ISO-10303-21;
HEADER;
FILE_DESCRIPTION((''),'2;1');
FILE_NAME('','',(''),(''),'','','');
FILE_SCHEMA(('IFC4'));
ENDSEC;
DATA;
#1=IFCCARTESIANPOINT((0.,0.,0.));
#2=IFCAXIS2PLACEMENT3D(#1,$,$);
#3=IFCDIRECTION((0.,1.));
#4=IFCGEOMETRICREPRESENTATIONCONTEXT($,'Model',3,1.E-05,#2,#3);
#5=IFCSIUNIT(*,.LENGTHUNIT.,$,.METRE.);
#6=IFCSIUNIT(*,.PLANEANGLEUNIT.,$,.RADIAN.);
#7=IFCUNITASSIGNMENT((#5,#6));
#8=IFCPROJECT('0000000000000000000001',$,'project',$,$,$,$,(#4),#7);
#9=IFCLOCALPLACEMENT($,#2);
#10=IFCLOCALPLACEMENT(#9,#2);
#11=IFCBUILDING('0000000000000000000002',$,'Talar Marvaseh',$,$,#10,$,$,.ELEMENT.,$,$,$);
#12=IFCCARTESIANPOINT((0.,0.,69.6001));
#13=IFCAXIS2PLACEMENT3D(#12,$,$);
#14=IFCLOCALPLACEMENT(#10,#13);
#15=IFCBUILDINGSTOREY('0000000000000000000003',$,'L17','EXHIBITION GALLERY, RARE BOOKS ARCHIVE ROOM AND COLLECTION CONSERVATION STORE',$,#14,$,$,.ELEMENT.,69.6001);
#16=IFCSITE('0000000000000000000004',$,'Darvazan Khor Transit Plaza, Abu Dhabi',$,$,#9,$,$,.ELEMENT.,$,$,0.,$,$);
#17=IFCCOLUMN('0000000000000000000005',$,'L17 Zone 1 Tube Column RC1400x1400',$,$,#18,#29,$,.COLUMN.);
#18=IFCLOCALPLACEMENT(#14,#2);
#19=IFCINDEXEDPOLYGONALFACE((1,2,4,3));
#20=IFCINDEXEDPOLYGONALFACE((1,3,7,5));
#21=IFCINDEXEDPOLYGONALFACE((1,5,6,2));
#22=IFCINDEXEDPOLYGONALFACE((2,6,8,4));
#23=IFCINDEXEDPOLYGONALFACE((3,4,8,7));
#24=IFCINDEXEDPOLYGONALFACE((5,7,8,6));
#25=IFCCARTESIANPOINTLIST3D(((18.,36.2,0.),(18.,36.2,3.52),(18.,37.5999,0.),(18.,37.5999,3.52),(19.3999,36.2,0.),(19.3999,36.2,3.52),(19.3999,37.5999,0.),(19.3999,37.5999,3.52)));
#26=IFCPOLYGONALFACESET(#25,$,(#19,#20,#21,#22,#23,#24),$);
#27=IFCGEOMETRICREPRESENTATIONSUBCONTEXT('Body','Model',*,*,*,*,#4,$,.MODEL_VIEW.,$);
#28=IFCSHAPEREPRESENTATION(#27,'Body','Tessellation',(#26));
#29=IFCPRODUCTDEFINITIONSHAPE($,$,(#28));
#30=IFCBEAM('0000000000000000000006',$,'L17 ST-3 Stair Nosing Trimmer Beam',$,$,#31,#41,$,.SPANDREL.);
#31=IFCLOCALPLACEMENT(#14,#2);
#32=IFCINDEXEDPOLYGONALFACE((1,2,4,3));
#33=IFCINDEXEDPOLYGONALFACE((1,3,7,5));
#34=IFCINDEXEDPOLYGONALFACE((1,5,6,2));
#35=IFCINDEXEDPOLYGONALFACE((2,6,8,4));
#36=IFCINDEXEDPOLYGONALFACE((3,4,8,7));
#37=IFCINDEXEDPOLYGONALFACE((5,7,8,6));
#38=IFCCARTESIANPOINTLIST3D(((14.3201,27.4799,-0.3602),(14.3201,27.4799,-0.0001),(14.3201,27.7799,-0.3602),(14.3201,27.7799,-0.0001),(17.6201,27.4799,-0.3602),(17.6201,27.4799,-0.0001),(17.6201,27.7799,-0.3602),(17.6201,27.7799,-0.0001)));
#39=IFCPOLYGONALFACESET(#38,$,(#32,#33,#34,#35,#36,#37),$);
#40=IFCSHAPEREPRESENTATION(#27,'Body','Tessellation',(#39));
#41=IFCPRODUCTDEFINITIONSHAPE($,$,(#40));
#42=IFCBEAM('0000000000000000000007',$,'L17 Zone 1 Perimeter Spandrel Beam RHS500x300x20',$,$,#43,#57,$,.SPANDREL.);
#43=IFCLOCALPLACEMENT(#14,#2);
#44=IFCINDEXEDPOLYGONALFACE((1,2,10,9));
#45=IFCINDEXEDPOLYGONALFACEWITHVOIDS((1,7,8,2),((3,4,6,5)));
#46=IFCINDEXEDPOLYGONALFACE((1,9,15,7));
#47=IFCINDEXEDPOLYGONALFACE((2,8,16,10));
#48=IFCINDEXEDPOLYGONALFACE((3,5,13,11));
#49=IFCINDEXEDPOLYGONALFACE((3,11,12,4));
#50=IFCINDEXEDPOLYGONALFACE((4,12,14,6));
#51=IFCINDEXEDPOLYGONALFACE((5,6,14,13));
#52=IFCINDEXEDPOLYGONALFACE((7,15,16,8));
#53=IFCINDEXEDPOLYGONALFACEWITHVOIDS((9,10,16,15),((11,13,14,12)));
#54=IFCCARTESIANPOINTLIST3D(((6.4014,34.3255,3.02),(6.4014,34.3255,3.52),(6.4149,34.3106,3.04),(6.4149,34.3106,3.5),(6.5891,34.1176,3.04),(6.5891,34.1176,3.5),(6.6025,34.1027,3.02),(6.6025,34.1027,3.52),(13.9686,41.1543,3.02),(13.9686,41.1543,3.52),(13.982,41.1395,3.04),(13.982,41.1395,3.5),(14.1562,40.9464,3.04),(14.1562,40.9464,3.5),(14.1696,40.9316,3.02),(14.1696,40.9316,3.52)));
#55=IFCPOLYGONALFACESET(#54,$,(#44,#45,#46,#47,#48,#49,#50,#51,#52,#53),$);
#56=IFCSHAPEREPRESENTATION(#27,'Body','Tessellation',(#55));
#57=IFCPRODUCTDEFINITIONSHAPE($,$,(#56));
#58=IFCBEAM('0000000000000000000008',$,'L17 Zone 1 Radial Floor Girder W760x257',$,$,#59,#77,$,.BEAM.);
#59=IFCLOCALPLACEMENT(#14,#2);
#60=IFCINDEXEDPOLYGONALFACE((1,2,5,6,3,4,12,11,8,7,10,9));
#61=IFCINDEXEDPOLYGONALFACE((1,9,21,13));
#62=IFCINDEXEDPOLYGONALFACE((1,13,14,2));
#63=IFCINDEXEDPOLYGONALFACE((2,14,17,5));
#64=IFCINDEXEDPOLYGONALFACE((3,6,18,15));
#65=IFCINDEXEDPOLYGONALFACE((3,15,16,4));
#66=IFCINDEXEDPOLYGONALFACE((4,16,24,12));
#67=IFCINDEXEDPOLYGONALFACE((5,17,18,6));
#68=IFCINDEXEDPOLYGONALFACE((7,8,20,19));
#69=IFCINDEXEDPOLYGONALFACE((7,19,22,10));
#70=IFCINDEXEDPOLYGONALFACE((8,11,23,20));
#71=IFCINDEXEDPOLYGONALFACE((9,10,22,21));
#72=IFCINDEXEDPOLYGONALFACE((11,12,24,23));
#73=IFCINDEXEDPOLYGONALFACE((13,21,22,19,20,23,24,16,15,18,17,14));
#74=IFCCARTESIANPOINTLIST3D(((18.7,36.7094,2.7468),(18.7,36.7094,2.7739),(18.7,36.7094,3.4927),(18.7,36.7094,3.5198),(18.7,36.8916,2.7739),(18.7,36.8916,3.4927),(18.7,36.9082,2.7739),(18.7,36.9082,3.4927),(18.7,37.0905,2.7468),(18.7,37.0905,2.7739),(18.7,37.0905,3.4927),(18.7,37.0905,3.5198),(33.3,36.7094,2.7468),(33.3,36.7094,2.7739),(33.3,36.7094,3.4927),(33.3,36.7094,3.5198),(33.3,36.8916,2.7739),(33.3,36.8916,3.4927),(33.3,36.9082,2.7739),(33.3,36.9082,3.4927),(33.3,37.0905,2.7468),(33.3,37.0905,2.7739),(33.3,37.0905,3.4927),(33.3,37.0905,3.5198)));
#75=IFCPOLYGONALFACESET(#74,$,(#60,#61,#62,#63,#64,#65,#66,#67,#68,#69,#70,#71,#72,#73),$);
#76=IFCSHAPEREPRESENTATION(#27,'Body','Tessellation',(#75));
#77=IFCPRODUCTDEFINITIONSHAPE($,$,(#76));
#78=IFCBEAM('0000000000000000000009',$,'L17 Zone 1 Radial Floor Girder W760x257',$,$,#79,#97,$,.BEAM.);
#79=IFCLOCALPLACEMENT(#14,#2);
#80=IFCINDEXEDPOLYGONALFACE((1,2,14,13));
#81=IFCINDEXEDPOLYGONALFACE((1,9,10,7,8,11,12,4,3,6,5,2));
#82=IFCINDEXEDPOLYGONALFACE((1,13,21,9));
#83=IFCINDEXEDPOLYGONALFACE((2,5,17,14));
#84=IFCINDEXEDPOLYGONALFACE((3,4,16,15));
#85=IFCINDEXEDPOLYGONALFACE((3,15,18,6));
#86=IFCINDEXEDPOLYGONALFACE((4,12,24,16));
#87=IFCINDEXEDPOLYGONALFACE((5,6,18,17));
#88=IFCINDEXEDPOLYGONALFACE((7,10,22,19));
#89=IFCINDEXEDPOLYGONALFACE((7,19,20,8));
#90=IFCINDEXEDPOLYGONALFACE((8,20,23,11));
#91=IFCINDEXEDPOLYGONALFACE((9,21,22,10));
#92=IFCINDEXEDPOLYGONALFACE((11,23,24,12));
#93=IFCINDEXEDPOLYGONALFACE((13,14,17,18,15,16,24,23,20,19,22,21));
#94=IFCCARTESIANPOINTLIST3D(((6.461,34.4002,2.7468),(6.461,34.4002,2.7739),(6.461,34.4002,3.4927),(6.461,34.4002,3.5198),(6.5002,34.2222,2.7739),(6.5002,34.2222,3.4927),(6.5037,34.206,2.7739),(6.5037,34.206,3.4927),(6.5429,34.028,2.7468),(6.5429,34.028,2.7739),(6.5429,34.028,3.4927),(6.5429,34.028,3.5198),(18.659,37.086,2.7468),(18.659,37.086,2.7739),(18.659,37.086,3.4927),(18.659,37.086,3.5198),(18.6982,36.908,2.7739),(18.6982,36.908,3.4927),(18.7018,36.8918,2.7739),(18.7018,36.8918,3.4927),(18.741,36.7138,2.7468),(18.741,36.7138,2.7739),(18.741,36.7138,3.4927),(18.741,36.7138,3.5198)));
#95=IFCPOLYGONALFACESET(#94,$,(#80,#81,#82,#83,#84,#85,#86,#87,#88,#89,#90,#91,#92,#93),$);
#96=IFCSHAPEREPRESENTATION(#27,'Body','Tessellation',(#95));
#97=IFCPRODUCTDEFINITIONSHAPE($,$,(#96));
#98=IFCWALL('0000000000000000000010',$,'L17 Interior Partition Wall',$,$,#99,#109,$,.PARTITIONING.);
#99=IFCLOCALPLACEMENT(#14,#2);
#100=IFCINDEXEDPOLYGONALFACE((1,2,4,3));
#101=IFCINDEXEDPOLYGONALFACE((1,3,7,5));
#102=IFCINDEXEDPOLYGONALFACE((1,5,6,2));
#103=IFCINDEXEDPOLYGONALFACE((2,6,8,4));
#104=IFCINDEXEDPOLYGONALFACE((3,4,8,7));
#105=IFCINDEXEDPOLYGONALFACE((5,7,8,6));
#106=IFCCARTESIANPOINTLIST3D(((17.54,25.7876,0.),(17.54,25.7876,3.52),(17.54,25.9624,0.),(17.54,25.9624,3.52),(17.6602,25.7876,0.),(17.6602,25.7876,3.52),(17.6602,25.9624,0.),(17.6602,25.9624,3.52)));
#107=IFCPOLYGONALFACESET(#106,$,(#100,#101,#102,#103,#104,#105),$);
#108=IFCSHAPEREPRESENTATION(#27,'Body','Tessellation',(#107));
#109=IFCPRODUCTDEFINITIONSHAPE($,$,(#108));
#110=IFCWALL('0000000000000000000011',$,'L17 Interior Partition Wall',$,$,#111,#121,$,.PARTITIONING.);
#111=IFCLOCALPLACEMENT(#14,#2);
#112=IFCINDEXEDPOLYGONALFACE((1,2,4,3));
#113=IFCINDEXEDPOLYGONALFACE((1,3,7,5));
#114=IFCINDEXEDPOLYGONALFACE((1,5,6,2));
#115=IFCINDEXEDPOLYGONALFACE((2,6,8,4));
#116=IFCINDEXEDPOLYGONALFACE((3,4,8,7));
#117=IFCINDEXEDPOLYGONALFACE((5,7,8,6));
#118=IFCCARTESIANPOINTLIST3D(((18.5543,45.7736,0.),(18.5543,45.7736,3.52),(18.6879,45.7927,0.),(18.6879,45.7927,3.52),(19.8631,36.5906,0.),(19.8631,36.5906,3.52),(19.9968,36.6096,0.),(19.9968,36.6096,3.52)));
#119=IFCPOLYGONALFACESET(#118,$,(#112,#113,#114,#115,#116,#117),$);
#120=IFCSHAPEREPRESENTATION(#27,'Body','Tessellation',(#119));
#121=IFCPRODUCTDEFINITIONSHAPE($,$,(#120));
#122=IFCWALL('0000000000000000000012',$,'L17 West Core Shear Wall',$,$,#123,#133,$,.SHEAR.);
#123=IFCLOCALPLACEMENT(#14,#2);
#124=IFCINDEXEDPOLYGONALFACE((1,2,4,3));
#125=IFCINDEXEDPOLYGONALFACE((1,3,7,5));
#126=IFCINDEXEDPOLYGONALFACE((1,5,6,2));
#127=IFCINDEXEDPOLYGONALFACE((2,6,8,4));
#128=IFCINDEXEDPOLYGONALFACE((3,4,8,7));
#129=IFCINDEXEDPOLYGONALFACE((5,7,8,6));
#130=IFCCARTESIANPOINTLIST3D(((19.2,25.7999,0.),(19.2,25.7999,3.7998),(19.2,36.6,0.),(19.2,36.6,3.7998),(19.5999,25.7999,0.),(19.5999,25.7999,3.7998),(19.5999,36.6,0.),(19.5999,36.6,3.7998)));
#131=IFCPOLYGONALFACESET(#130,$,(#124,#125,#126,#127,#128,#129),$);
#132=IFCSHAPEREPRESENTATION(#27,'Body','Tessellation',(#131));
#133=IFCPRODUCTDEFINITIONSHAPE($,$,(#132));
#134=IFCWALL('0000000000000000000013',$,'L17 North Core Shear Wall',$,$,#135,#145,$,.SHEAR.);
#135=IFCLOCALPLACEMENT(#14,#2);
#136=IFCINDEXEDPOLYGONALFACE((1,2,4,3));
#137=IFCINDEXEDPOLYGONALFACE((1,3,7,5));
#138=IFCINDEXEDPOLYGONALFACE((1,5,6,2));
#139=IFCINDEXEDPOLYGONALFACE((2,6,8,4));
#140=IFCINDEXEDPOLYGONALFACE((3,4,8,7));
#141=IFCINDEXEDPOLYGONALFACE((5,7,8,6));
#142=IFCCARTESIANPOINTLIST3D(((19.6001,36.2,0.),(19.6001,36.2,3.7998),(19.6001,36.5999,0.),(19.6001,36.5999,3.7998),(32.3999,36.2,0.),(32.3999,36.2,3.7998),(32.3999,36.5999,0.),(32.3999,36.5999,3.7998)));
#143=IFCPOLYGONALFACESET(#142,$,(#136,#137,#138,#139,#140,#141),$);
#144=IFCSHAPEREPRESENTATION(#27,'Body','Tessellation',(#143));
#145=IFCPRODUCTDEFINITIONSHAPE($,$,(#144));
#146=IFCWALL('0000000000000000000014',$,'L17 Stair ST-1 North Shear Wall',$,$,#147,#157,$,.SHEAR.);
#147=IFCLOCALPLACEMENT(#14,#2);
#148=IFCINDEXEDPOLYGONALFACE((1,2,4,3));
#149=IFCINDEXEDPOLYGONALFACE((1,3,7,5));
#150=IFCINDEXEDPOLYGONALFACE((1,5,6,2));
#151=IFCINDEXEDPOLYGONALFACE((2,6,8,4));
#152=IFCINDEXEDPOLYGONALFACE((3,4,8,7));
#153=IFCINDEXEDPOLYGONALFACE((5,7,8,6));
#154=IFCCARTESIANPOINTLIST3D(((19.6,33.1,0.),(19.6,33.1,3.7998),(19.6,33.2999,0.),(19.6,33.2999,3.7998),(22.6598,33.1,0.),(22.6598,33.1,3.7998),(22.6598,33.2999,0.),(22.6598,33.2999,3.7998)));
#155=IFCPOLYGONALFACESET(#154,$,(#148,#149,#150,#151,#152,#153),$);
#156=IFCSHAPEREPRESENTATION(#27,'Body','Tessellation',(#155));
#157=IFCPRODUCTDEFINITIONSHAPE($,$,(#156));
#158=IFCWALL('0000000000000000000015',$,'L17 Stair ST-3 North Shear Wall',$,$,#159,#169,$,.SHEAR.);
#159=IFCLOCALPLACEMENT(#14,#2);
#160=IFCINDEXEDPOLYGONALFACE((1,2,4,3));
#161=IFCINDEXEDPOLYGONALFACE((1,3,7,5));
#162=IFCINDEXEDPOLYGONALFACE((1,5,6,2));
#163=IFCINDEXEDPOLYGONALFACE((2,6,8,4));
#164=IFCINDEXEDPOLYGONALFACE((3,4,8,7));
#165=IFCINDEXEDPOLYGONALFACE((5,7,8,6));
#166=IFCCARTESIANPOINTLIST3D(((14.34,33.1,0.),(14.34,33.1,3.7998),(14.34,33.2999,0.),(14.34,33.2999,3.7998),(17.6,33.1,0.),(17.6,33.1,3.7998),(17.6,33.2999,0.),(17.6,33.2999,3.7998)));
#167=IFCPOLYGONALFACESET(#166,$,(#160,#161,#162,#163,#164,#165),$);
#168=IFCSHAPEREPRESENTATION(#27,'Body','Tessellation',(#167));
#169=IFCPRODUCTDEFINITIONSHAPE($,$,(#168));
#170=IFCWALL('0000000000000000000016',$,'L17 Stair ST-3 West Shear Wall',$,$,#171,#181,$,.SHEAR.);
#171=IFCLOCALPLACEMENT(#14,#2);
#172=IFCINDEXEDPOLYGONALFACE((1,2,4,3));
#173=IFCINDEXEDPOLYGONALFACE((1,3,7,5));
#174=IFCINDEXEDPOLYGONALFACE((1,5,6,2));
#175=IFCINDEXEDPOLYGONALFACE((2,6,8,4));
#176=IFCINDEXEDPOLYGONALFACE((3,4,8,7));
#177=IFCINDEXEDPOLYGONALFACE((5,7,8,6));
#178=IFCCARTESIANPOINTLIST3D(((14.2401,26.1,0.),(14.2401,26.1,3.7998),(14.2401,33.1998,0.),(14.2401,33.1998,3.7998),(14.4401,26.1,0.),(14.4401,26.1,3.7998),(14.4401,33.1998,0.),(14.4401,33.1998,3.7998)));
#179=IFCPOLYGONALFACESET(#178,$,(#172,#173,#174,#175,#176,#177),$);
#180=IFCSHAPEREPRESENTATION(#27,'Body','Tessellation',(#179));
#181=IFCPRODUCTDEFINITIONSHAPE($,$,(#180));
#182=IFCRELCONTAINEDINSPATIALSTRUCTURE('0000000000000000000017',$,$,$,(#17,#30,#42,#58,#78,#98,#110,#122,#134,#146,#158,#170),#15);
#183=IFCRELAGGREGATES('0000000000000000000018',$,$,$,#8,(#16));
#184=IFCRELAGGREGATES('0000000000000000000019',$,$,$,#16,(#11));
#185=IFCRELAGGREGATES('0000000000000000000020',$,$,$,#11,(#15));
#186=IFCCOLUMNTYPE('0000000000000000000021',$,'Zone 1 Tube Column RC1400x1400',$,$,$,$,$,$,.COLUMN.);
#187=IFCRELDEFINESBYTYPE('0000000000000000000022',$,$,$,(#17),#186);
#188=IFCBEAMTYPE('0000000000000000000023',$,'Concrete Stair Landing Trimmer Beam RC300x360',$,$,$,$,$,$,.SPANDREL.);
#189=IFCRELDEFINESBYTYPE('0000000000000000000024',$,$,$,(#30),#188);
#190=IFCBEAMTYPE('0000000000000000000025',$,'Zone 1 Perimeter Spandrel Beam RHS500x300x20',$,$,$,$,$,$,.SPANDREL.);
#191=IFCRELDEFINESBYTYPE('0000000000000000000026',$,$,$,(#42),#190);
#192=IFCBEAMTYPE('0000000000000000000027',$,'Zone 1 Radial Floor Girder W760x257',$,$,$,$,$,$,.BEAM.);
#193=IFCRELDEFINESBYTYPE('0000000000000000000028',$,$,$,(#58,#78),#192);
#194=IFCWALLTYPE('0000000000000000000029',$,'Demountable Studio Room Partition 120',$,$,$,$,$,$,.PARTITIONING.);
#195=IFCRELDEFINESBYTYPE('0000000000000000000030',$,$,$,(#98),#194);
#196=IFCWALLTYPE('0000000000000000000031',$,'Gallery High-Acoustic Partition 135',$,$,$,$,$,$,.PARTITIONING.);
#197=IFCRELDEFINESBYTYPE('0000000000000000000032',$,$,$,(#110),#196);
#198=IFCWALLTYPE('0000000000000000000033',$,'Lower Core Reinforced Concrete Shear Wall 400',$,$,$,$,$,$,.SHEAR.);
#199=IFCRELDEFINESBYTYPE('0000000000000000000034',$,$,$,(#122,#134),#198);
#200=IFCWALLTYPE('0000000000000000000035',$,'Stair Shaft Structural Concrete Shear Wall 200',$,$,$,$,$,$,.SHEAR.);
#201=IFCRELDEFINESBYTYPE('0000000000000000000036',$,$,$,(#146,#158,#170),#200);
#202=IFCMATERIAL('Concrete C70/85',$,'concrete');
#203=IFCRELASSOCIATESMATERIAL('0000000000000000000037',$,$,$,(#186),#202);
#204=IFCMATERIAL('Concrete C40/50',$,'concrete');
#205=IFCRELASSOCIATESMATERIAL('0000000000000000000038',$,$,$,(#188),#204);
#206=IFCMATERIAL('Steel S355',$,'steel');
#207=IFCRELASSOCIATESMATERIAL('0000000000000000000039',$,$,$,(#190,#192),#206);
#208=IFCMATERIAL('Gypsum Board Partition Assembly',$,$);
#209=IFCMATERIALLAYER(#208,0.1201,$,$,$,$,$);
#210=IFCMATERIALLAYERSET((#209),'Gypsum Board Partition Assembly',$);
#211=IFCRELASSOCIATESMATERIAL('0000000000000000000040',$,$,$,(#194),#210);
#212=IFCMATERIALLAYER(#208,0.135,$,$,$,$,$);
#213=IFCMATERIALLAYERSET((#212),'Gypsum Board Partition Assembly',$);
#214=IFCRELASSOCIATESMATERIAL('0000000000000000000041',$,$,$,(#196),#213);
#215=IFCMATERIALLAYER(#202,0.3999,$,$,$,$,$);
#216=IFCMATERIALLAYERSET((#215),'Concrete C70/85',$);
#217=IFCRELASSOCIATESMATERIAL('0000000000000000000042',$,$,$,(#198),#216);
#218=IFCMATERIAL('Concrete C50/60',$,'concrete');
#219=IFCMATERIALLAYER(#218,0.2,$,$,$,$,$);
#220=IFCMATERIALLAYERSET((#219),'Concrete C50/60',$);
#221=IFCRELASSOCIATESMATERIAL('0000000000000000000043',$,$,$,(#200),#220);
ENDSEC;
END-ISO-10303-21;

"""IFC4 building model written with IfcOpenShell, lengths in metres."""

from ifc_helpers import new_model, si_unit, direction, frame, frame_2d, origin, origin_2d, place, context, subcontext, project, spatial, rectangle, hollow_rectangle, i_section, extrude, material, layer, layer_set, material_profile, profile_set, type_object, element, save


model = new_model("IFC4")

# Units and contexts
model_context = context("Model", 3, precision=1e-05, world=origin(), true_north=direction((0.0, 1.0)))
body_context = subcontext(model_context, "Body", "Model", "MODEL_VIEW")
ifc_project = project(units=[si_unit("LENGTHUNIT", "METRE"), si_unit("PLANEANGLEUNIT", "RADIAN")], contexts=[model_context])

# Site, building, storey
site_placement = place(None, origin())
site = spatial("IfcSite", under=ifc_project, at=site_placement, Name="Darvazan Khor Transit Plaza, Abu Dhabi", CompositionType="ELEMENT", RefElevation=0.0)
building_placement = place(site_placement, origin())
building = spatial("IfcBuilding", under=site, at=building_placement, Name="Talar Marvaseh", CompositionType="ELEMENT")
storey_placement = place(building_placement, frame((0.0, 0.0, 69.6001)))
storey = spatial("IfcBuildingStorey", under=building, at=storey_placement, Name="L17", Description="EXHIBITION GALLERY, RARE BOOKS ARCHIVE ROOM AND COLLECTION CONSERVATION STORE", CompositionType="ELEMENT", Elevation=69.6001)

# Column
ifc_material_1 = material(Name="Concrete C70/85", Category="concrete")
ifc_material_profile_1 = material_profile(ifc_material_1, rectangle(XDim=1.3999, YDim=1.3999, at=origin_2d()), Name="RC1400x1400")
ifc_profile_set_1 = profile_set([ifc_material_profile_1], Name="Concrete C70/85")
column_type = type_object("IfcColumnType", Name="Zone 1 Tube Column RC1400x1400", PredefinedType="COLUMN", material=ifc_profile_set_1)
column_placement = place(storey_placement, frame((18.7, 36.8999, 0.0), z_axis=(0.0, 0.0, 1.0), x_axis=(1.0, 0.0, 0.0)))
element("IfcColumn", 1, at=column_placement, inside=storey, type_object=column_type, Name="L17 Zone 1 Tube Column RC1400x1400", PredefinedType="COLUMN", context=body_context, shape_type="SweptSolid", body=[
    extrude(rectangle(XDim=1.3999, YDim=1.3999, at=origin_2d()), origin(), (0.0, 0.0, 1.0), 3.52),
])

# Beams
ifc_material_2 = material(Name="Concrete C40/50", Category="concrete")
ifc_material_profile_2 = material_profile(ifc_material_2, rectangle(XDim=0.3, YDim=0.3601, at=origin_2d()), Name="RC300x360")
ifc_profile_set_2 = profile_set([ifc_material_profile_2], Name="Concrete C40/50")
beam_type_1 = type_object("IfcBeamType", Name="Concrete Stair Landing Trimmer Beam RC300x360", PredefinedType="SPANDREL", material=ifc_profile_set_2)
beam_1_placement = place(storey_placement, frame((17.6201, 27.6299, -0.1802), z_axis=(-1.0, 0.0, 0.0), x_axis=(0.0, -1.0, 0.0)))
element("IfcBeam", 2, at=beam_1_placement, inside=storey, type_object=beam_type_1, Name="L17 ST-3 Stair Nosing Trimmer Beam", PredefinedType="SPANDREL", context=body_context, shape_type="SweptSolid", body=[
    extrude(rectangle(XDim=0.3, YDim=0.3601, at=origin_2d()), origin(), (0.0, 0.0, 1.0), 3.3),
])
ifc_material_3 = material(Name="Steel S355", Category="steel")
ifc_material_profile_3 = material_profile(ifc_material_3, hollow_rectangle(XDim=0.3, YDim=0.5, WallThickness=0.02, at=origin_2d()), Name="RHS500x300x20")
ifc_profile_set_3 = profile_set([ifc_material_profile_3], Name="Steel S355")
beam_type_2 = type_object("IfcBeamType", Name="Zone 1 Perimeter Spandrel Beam RHS500x300x20", PredefinedType="SPANDREL", material=ifc_profile_set_3)
beam_2_placement = place(storey_placement, frame((6.502, 34.2141, 3.27), z_axis=(0.742394, 0.669963, 0.0), x_axis=(-0.669963, 0.742394, 0.0)))
element("IfcBeam", 3, at=beam_2_placement, inside=storey, type_object=beam_type_2, Name="L17 Zone 1 Perimeter Spandrel Beam RHS500x300x20", PredefinedType="SPANDREL", context=body_context, shape_type="SweptSolid", body=[
    extrude(hollow_rectangle(XDim=0.3, YDim=0.5, WallThickness=0.02, at=origin_2d()), origin(), (0.0, 0.0, 1.0), 10.1929),
])
ifc_material_profile_4 = material_profile(ifc_material_3, i_section(OverallWidth=0.3811, OverallDepth=0.7729, WebThickness=0.0166, FlangeThickness=0.0271, at=origin_2d()), Name="W760x257")
ifc_profile_set_4 = profile_set([ifc_material_profile_4], Name="Steel S355")
beam_type_3 = type_object("IfcBeamType", Name="Zone 1 Radial Floor Girder W760x257", PredefinedType="BEAM", material=ifc_profile_set_4)
beam_3_placement = place(storey_placement, frame((18.7, 36.8999, 3.1333), z_axis=(1.0, 0.0, 0.0), x_axis=(0.0, 1.0, 0.0)))
element("IfcBeam", 4, at=beam_3_placement, inside=storey, type_object=beam_type_3, Name="L17 Zone 1 Radial Floor Girder W760x257", PredefinedType="BEAM", context=body_context, shape_type="SweptSolid", body=[
    extrude(i_section(OverallWidth=0.3811, OverallDepth=0.7729, WebThickness=0.0166, FlangeThickness=0.0271, at=origin_2d()), origin(), (0.0, 0.0, 1.0), 14.6001),
])
beam_4_placement = place(storey_placement, frame((6.502, 34.2141, 3.1333), z_axis=(0.976607, 0.215032, 0.0), x_axis=(-0.215032, 0.976607, 0.0)))
element("IfcBeam", 5, at=beam_4_placement, inside=storey, type_object=beam_type_3, Name="L17 Zone 1 Radial Floor Girder W760x257", PredefinedType="BEAM", context=body_context, shape_type="SweptSolid", body=[
    extrude(i_section(OverallWidth=0.3811, OverallDepth=0.7729, WebThickness=0.0166, FlangeThickness=0.0271, at=origin_2d()), origin(), (0.0, 0.0, 1.0), 12.4902),
])

# Walls
ifc_material_4 = material(Name="Gypsum Board Partition Assembly")
ifc_layer_1 = layer(ifc_material_4, 0.1201)
ifc_layer_set_1 = layer_set([ifc_layer_1], Name="Gypsum Board Partition Assembly")
wall_type_1 = type_object("IfcWallType", Name="Demountable Studio Room Partition 120", PredefinedType="PARTITIONING", material=ifc_layer_set_1)
wall_1_placement = place(storey_placement, frame((17.6001, 25.9624, 0.0), z_axis=(0.0, 0.0, 1.0), x_axis=(0.0, -1.0, 0.0)))
element("IfcWall", 6, at=wall_1_placement, inside=storey, type_object=wall_type_1, Name="L17 Interior Partition Wall", PredefinedType="PARTITIONING", context=body_context, shape_type="SweptSolid", body=[
    extrude(rectangle(XDim=0.1748, YDim=0.1201, at=frame_2d((0.0874, 0.0))), origin(), (0.0, 0.0, 1.0), 3.52),
])
ifc_layer_2 = layer(ifc_material_4, 0.135)
ifc_layer_set_2 = layer_set([ifc_layer_2], Name="Gypsum Board Partition Assembly")
wall_type_2 = type_object("IfcWallType", Name="Gallery High-Acoustic Partition 135", PredefinedType="PARTITIONING", material=ifc_layer_set_2)
wall_2_placement = place(storey_placement, frame((19.9299, 36.6001, 0.0), z_axis=(0.0, 0.0, 1.0), x_axis=(-0.141101, 0.989995, 0.0)))
element("IfcWall", 7, at=wall_2_placement, inside=storey, type_object=wall_type_2, Name="L17 Interior Partition Wall", PredefinedType="PARTITIONING", context=body_context, shape_type="SweptSolid", body=[
    extrude(rectangle(XDim=9.2759, YDim=0.135, at=frame_2d((4.6379, 0.0))), origin(), (0.0, 0.0, 1.0), 3.52),
])
ifc_layer_3 = layer(ifc_material_1, 0.3999)
ifc_layer_set_3 = layer_set([ifc_layer_3], Name="Concrete C70/85")
wall_type_3 = type_object("IfcWallType", Name="Lower Core Reinforced Concrete Shear Wall 400", PredefinedType="SHEAR", material=ifc_layer_set_3)
wall_3_placement = place(storey_placement, frame((19.3999, 25.8, 0.0), z_axis=(0.0, 0.0, 1.0), x_axis=(0.0, 1.0, 0.0)))
element("IfcWall", 8, at=wall_3_placement, inside=storey, type_object=wall_type_3, Name="L17 West Core Shear Wall", PredefinedType="SHEAR", context=body_context, shape_type="SweptSolid", body=[
    extrude(rectangle(XDim=10.8, YDim=0.3999, at=frame_2d((5.3999, 0.0))), origin(), (0.0, 0.0, 1.0), 3.7998),
])
wall_4_placement = place(storey_placement, frame((19.6001, 36.3999, 0.0), z_axis=(0.0, 0.0, 1.0), x_axis=(1.0, 0.0, 0.0)))
element("IfcWall", 9, at=wall_4_placement, inside=storey, type_object=wall_type_3, Name="L17 North Core Shear Wall", PredefinedType="SHEAR", context=body_context, shape_type="SweptSolid", body=[
    extrude(rectangle(XDim=12.7998, YDim=0.3999, at=frame_2d((6.3999, 0.0))), origin(), (0.0, 0.0, 1.0), 3.7998),
])
ifc_material_5 = material(Name="Concrete C50/60", Category="concrete")
ifc_layer_4 = layer(ifc_material_5, 0.2)
ifc_layer_set_4 = layer_set([ifc_layer_4], Name="Concrete C50/60")
wall_type_4 = type_object("IfcWallType", Name="Stair Shaft Structural Concrete Shear Wall 200", PredefinedType="SHEAR", material=ifc_layer_set_4)
wall_5_placement = place(storey_placement, frame((19.6001, 33.2, 0.0), z_axis=(0.0, 0.0, 1.0), x_axis=(1.0, 0.0, 0.0)))
element("IfcWall", 10, at=wall_5_placement, inside=storey, type_object=wall_type_4, Name="L17 Stair ST-1 North Shear Wall", PredefinedType="SHEAR", context=body_context, shape_type="SweptSolid", body=[
    extrude(rectangle(XDim=3.0598, YDim=0.2, at=frame_2d((1.5298, 0.0))), origin(), (0.0, 0.0, 1.0), 3.7998),
])

# Walls
wall_6_placement = place(storey_placement, frame((14.3401, 33.2, 0.0), z_axis=(0.0, 0.0, 1.0), x_axis=(1.0, 0.0, 0.0)))
element("IfcWall", 11, at=wall_6_placement, inside=storey, type_object=wall_type_4, Name="L17 Stair ST-3 North Shear Wall", PredefinedType="SHEAR", context=body_context, shape_type="SweptSolid", body=[
    extrude(rectangle(XDim=3.26, YDim=0.2, at=frame_2d((1.6299, 0.0))), origin(), (0.0, 0.0, 1.0), 3.7998),
])
for number, where, z_axis, x_axis, name in (
    (12, (14.3401, 26.1001, 0.0), (0.0, 0.0, 1.0), (0.0, 1.0, 0.0), "L17 Stair ST-3 West Shear Wall"),
):
    element("IfcWall", number, at=place(storey_placement, frame(where, z_axis=z_axis, x_axis=x_axis)), inside=storey, type_object=wall_type_4, Name=name, PredefinedType="SHEAR", context=body_context, shape_type="SweptSolid", body=[
        extrude(rectangle(XDim=7.0999, YDim=0.2, at=frame_2d((3.5498, 0.0))), origin(), (0.0, 0.0, 1.0), 3.7998),
    ])

save(model, "model.ifc")
